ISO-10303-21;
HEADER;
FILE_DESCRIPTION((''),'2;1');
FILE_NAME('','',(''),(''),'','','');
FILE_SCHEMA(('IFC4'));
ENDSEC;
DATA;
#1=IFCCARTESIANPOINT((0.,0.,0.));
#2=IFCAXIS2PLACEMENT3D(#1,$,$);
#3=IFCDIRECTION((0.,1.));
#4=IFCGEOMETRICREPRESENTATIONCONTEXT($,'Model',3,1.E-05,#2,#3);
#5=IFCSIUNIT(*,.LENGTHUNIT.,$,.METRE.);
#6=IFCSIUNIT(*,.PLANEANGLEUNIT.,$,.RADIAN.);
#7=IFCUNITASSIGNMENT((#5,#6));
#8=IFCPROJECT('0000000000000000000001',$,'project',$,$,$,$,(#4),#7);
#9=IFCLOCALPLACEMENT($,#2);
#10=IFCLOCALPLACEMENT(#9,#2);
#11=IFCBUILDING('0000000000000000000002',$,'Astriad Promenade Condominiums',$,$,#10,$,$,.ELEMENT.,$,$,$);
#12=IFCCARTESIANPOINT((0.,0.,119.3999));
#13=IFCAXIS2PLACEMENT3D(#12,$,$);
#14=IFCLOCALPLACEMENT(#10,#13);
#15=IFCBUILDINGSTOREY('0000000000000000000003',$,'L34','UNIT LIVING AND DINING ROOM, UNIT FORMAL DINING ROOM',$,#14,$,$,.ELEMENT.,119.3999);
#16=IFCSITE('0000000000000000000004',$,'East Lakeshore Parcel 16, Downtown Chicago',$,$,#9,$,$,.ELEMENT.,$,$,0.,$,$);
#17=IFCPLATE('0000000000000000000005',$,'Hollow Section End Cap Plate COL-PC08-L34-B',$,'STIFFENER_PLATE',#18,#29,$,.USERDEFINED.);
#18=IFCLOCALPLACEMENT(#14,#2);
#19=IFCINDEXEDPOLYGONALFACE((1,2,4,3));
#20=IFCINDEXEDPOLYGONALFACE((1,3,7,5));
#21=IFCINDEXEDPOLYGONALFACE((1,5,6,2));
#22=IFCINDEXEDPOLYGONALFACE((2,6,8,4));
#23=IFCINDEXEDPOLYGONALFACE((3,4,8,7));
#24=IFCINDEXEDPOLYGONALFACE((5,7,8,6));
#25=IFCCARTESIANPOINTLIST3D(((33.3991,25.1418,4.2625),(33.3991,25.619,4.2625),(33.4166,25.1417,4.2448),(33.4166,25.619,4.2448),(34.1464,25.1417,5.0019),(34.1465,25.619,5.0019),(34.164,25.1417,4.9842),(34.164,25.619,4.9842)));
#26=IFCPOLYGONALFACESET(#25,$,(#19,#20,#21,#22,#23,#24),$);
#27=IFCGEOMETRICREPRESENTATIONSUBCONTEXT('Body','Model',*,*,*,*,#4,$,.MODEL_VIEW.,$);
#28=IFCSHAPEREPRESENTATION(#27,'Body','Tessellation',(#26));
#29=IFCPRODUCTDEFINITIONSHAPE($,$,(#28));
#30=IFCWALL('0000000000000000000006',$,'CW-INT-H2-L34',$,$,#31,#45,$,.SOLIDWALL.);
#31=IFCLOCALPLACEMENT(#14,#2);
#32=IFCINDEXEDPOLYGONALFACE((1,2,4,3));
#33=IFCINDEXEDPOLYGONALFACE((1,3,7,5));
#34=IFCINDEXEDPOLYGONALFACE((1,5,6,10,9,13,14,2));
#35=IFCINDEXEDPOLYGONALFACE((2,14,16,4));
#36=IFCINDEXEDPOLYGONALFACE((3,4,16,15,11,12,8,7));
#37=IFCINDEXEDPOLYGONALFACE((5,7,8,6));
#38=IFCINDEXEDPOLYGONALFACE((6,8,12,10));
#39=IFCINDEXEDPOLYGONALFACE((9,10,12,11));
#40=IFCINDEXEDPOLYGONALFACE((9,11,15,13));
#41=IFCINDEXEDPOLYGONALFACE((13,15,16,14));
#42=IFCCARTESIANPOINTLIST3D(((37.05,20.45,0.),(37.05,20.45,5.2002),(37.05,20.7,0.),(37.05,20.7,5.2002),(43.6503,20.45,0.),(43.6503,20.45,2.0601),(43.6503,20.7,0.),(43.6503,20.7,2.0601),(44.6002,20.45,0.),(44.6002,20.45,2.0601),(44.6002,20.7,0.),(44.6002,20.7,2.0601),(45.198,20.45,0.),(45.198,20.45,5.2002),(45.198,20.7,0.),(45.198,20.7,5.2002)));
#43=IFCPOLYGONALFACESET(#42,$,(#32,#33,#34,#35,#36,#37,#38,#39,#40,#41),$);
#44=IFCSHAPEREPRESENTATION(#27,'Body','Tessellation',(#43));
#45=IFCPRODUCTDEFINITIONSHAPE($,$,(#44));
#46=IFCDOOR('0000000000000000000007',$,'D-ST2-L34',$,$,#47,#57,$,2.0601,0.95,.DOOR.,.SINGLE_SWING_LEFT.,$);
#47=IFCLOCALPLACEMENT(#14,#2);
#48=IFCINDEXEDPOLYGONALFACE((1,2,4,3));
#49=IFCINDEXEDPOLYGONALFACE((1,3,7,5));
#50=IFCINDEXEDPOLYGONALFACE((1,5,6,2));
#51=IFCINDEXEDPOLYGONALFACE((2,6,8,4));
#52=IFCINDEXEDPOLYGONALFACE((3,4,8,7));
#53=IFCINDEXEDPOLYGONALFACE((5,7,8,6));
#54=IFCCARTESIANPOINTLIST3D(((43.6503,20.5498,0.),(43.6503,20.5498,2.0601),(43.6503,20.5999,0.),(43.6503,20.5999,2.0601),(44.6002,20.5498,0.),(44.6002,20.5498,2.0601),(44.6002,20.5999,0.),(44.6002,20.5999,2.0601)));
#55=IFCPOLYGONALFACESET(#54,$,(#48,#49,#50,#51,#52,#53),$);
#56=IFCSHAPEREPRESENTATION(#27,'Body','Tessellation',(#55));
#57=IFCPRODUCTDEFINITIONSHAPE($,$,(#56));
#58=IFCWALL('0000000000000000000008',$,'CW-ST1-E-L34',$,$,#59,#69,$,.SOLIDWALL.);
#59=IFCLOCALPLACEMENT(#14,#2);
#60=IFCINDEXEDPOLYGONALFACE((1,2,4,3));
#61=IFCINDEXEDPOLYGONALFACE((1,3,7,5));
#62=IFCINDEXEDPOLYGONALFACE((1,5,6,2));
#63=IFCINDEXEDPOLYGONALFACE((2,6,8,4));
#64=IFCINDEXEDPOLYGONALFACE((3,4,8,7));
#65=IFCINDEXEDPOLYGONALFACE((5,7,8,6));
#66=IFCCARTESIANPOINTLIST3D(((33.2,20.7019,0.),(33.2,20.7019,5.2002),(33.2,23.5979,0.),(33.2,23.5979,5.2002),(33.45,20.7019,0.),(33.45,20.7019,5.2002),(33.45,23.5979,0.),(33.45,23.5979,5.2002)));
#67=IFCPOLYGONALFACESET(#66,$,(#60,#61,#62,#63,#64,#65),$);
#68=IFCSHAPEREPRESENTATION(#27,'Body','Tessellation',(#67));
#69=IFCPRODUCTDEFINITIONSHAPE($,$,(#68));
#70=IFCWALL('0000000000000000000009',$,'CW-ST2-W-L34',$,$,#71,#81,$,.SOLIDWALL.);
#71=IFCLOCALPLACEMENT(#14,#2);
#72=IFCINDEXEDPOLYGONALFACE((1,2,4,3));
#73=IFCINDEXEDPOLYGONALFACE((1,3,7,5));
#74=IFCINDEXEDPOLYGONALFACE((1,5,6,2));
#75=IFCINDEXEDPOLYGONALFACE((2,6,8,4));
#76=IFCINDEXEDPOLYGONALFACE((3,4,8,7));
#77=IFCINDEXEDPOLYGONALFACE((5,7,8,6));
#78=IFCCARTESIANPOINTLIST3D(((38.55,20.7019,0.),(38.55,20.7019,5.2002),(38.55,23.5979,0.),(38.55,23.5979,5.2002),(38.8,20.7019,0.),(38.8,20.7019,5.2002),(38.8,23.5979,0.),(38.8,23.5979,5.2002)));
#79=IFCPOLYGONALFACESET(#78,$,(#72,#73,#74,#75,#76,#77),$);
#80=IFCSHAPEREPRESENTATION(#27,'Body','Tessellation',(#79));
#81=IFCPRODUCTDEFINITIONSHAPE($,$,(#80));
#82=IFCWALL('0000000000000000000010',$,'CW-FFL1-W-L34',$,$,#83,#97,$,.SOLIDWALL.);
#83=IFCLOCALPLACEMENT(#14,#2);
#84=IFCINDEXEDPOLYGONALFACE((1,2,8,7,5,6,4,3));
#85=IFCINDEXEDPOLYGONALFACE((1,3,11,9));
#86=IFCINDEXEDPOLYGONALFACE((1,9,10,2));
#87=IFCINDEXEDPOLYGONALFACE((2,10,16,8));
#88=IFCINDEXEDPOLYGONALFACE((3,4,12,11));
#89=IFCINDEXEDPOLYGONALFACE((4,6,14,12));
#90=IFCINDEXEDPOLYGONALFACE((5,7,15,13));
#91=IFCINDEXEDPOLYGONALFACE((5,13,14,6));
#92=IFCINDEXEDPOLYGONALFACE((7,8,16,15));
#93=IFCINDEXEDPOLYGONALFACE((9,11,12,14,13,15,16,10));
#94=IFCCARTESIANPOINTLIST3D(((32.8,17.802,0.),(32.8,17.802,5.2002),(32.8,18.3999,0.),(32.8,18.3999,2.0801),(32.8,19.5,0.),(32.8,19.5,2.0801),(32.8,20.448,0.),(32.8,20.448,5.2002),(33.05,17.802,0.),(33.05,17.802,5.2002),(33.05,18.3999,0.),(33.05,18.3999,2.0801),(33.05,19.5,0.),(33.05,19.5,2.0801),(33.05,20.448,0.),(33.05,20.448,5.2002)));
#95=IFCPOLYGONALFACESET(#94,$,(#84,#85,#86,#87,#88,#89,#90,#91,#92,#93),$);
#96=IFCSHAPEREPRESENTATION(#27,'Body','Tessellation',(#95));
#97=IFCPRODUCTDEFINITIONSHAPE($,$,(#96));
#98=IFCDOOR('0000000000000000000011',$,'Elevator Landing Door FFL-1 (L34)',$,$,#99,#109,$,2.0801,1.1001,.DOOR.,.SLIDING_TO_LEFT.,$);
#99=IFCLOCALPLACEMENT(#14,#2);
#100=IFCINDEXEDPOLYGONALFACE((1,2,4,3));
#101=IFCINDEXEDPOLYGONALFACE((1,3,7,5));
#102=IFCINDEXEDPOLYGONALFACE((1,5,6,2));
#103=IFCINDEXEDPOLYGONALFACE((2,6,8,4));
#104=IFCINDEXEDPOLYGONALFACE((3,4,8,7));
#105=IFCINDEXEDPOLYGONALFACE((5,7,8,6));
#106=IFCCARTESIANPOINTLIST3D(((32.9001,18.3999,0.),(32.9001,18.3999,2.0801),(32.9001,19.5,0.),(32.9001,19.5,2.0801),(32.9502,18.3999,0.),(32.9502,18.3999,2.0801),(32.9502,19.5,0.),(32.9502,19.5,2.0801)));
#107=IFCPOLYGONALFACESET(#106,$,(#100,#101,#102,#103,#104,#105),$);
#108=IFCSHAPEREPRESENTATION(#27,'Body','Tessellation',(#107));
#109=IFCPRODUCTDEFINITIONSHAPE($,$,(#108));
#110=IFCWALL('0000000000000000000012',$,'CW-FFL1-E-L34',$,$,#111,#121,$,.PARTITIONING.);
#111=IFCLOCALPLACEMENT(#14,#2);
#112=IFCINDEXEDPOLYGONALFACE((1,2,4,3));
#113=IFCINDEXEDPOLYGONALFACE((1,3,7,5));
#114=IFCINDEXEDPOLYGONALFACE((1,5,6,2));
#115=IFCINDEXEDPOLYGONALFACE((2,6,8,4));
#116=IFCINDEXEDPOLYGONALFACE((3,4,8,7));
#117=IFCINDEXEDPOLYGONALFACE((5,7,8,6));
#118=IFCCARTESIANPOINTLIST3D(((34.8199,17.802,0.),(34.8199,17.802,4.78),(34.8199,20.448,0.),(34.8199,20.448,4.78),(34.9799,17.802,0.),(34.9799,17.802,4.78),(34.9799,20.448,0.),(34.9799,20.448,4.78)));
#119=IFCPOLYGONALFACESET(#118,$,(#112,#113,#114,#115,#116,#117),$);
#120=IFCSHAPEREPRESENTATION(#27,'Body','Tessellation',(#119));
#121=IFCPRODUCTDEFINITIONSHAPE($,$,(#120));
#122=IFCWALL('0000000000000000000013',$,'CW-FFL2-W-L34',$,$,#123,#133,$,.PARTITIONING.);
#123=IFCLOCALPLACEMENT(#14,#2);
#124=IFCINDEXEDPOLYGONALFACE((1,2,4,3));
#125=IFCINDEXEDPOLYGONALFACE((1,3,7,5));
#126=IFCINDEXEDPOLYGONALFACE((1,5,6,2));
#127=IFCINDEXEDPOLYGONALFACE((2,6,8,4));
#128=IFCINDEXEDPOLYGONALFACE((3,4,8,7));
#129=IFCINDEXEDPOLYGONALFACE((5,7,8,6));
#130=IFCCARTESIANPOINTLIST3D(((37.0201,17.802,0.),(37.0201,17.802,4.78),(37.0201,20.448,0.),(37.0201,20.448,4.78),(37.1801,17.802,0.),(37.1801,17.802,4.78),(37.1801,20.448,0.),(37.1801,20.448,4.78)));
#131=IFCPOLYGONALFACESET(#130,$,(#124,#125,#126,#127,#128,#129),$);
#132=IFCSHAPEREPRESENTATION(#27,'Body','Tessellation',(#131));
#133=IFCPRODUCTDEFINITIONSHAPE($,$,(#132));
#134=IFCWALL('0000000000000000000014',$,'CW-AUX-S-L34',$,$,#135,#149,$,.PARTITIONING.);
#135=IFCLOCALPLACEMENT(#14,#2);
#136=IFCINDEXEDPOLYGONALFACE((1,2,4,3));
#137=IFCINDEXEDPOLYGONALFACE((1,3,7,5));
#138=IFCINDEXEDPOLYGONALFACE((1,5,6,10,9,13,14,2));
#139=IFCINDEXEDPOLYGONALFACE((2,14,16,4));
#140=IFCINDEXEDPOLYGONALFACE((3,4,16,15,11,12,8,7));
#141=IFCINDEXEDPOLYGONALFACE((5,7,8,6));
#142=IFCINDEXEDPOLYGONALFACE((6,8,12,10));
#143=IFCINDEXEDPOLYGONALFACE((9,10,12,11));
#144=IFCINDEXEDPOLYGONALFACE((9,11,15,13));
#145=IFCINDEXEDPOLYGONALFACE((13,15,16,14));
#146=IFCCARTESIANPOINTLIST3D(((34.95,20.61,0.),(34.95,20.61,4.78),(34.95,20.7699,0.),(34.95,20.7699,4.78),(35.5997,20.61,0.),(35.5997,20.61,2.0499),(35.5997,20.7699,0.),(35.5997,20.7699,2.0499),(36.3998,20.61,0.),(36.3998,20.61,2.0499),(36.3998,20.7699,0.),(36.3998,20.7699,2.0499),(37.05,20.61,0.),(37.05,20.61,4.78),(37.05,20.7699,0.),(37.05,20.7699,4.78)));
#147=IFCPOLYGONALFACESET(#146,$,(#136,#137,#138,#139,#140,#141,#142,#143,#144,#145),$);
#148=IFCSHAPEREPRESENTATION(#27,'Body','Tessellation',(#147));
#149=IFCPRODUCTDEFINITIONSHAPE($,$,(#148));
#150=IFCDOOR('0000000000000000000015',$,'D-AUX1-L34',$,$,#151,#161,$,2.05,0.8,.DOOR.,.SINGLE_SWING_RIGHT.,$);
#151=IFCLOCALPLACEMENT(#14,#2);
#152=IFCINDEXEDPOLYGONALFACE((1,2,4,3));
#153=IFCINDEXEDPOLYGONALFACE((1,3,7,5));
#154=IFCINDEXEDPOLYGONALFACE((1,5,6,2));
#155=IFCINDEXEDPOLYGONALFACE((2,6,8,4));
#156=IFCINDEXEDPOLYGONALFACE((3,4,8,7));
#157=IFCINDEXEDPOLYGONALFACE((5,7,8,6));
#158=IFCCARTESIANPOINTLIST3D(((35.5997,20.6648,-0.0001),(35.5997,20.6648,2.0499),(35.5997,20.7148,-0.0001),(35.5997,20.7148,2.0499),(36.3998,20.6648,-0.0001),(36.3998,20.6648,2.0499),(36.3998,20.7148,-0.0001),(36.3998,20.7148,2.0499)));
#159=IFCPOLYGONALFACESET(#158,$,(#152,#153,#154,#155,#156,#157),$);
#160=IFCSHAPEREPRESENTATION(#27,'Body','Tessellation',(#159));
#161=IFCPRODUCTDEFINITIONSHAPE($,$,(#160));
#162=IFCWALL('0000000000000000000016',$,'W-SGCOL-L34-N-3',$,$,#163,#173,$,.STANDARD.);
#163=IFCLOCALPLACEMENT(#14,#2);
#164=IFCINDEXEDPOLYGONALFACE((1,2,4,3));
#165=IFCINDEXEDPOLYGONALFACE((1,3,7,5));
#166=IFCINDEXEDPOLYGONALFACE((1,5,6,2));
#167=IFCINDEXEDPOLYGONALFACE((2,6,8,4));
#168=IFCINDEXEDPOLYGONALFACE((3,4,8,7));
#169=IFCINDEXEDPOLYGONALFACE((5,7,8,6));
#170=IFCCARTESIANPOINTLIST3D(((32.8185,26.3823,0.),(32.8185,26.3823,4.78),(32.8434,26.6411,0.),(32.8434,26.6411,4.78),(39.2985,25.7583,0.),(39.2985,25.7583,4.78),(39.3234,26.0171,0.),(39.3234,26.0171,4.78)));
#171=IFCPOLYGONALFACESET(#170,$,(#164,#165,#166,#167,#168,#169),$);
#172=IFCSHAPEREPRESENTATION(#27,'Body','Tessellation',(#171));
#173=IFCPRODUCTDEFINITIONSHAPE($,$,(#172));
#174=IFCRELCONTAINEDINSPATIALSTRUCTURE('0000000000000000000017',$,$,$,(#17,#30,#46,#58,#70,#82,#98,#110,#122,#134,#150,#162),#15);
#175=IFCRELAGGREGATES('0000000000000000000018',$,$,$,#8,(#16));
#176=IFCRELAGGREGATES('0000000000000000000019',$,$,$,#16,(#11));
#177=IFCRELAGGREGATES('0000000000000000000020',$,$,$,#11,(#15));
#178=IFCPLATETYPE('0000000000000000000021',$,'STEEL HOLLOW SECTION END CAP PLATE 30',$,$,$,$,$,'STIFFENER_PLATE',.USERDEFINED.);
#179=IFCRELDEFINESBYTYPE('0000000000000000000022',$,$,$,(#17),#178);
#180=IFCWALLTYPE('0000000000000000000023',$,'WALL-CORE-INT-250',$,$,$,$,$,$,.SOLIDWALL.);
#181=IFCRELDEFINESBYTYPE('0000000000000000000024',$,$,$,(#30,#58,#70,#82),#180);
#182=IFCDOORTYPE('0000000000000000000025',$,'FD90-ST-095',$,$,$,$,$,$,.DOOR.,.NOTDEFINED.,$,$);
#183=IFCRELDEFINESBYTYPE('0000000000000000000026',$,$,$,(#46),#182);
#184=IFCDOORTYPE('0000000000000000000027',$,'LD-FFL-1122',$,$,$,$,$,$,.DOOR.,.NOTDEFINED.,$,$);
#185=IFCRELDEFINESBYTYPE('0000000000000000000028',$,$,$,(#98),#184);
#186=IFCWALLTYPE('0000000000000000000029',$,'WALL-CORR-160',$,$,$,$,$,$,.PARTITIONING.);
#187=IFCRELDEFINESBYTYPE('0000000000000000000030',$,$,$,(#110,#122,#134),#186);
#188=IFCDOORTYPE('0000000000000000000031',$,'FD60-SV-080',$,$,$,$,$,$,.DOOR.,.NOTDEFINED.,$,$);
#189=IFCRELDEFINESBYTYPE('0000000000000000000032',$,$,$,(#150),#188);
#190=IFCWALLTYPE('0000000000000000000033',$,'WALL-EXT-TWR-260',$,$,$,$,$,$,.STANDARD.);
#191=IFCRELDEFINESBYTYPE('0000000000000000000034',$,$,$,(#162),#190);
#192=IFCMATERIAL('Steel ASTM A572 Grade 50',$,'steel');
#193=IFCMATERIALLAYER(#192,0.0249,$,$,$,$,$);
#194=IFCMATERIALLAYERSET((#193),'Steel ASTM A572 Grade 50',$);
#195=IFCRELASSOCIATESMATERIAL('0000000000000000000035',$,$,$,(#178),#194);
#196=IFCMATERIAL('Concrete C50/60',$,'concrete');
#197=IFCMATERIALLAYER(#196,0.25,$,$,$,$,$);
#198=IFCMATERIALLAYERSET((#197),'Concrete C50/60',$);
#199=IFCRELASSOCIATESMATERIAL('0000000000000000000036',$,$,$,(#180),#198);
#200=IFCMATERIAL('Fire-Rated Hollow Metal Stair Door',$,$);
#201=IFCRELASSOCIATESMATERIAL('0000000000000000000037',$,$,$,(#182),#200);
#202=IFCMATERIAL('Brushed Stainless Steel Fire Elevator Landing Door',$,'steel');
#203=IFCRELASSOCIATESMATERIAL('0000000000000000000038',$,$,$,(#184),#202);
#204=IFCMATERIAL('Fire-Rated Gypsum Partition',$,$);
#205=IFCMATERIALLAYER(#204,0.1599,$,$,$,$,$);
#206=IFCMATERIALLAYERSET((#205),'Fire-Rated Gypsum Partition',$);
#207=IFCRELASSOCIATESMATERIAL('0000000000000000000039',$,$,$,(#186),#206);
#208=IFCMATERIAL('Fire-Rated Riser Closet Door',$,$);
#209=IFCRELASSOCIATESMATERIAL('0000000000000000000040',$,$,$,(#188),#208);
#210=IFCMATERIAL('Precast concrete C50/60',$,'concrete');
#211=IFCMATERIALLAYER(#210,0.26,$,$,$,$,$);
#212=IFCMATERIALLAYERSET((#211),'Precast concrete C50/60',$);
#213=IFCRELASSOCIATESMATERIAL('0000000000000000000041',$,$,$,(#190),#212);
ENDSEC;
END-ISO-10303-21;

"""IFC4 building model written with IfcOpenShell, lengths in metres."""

from ifc_helpers import new_model, si_unit, direction, frame, frame_2d, origin, origin_2d, place, context, subcontext, project, spatial, rectangle, extrude, source, transform, mapped, material, layer, layer_set, type_object, type_shapes, element, fill, save


model = new_model("IFC4")

# Units and contexts
model_context = context("Model", 3, precision=1e-05, world=origin(), true_north=direction((0.0, 1.0)))
body_context = subcontext(model_context, "Body", "Model", "MODEL_VIEW")
ifc_project = project(units=[si_unit("LENGTHUNIT", "METRE"), si_unit("PLANEANGLEUNIT", "RADIAN")], contexts=[model_context])

# Site, building, storey
site_placement = place(None, origin())
site = spatial("IfcSite", under=ifc_project, at=site_placement, Name="East Lakeshore Parcel 16, Downtown Chicago", CompositionType="ELEMENT", RefElevation=0.0)
building_placement = place(site_placement, origin())
building = spatial("IfcBuilding", under=site, at=building_placement, Name="Astriad Promenade Condominiums", CompositionType="ELEMENT")
storey_placement = place(building_placement, frame((0.0, 0.0, 119.3999)))
storey = spatial("IfcBuildingStorey", under=building, at=storey_placement, Name="L34", Description="UNIT LIVING AND DINING ROOM, UNIT FORMAL DINING ROOM", CompositionType="ELEMENT", Elevation=119.3999)

# Plate
ifc_material_1 = material(Name="Steel ASTM A572 Grade 50", Category="steel")
ifc_layer_1 = layer(ifc_material_1, 0.0249)
ifc_layer_set_1 = layer_set([ifc_layer_1], Name="Steel ASTM A572 Grade 50")
plate_type = type_object("IfcPlateType", Name="STEEL HOLLOW SECTION END CAP PLATE 30", ElementType="STIFFENER_PLATE", PredefinedType="USERDEFINED", material=ifc_layer_set_1)
shared_shape_1 = source(origin(), body_context, "Body", "SweptSolid", [
    extrude(rectangle(XDim=0.4773, YDim=1.0513, at=origin_2d()), origin(), (0.0, 0.0, 1.0), 0.0249),
])
type_shapes(plate_type, [shared_shape_1])
for number, where, z_axis, x_axis, name in (
    (1, (33.7903, 25.3804, 4.6145), (-0.703261, 0.000048, 0.710932), (-0.000068, -1.0, 0.0), "Hollow Section End Cap Plate COL-PC08-L34-B"),
):
    element("IfcPlate", number, at=place(storey_placement, frame(where, z_axis=z_axis, x_axis=x_axis)), inside=storey, type_object=plate_type, Name=name, ObjectType="STIFFENER_PLATE", PredefinedType="USERDEFINED", context=body_context, shape_type="MappedRepresentation", body=[
        mapped(shared_shape_1, transform((0.0, 0.0, 0.0), scale=1.0)),
    ])

# Wall, opening, door
ifc_material_2 = material(Name="Concrete C50/60", Category="concrete")
ifc_layer_2 = layer(ifc_material_2, 0.25)
ifc_layer_set_2 = layer_set([ifc_layer_2], Name="Concrete C50/60")
wall_type_1 = type_object("IfcWallType", Name="WALL-CORE-INT-250", PredefinedType="SOLIDWALL", material=ifc_layer_set_2)
wall_1_placement = place(storey_placement, frame((37.05, 20.575, 0.0), z_axis=(0.0, 0.0, 1.0), x_axis=(1.0, 0.0, 0.0)))
wall_1 = element("IfcWall", 2, at=wall_1_placement, inside=storey, type_object=wall_type_1, Name="CW-INT-H2-L34", PredefinedType="SOLIDWALL", context=body_context, shape_type="SweptSolid", body=[
    extrude(rectangle(XDim=8.1479, YDim=0.25, at=frame_2d((4.074, 0.0))), origin(), (0.0, 0.0, 1.0), 5.2002),
])
opening_1_placement = place(wall_1_placement, frame((6.6001, 0.0, 0.0)))
opening_1 = element("IfcOpeningElement", 3, at=opening_1_placement, cuts=wall_1, PredefinedType="OPENING", context=body_context, shape_type="SweptSolid", body=[
    extrude(rectangle(XDim=0.95, YDim=2.0601, at=frame_2d((0.4751, 1.03))), frame((0.0, 0.135, 0.0), z_axis=(0.0, -1.0, 0.0), x_axis=(1.0, 0.0, 0.0)), (0.0, 0.0, 1.0), 0.27),
])
ifc_material_3 = material(Name="Fire-Rated Hollow Metal Stair Door")
door_type_1 = type_object("IfcDoorType", Name="FD90-ST-095", OperationType="NOTDEFINED", PredefinedType="DOOR", material=ifc_material_3)
shared_shape_2 = source(origin(), body_context, "Body", "SweptSolid", [
    extrude(rectangle(XDim=0.95, YDim=2.0601, at=frame_2d((0.4751, 1.03))), frame((0.0, 0.0249, 0.0), z_axis=(0.0, -1.0, 0.0), x_axis=(1.0, 0.0, 0.0)), (0.0, 0.0, 1.0), 0.05),
])
type_shapes(door_type_1, [shared_shape_2])
door_1_placement = place(opening_1_placement, origin())
door_1 = element("IfcDoor", 4, at=door_1_placement, inside=storey, type_object=door_type_1, Name="D-ST2-L34", OperationType="SINGLE_SWING_LEFT", OverallHeight=2.0601, OverallWidth=0.95, PredefinedType="DOOR", context=body_context, shape_type="MappedRepresentation", body=[
    mapped(shared_shape_2, transform((0.0, 0.0, 0.0), scale=1.0)),
])
fill(opening_1, door_1)

# Walls
for number, where, z_axis, x_axis, name in (
    (5, (33.325, 20.7019, 0.0), (0.0, 0.0, 1.0), (0.0, 1.0, 0.0), "CW-ST1-E-L34"),
    (6, (38.675, 20.7019, 0.0), (0.0, 0.0, 1.0), (0.0, 1.0, 0.0), "CW-ST2-W-L34"),
):
    element("IfcWall", number, at=place(storey_placement, frame(where, z_axis=z_axis, x_axis=x_axis)), inside=storey, type_object=wall_type_1, Name=name, PredefinedType="SOLIDWALL", context=body_context, shape_type="SweptSolid", body=[
        extrude(rectangle(XDim=2.896, YDim=0.25, at=frame_2d((1.448, 0.0))), origin(), (0.0, 0.0, 1.0), 5.2002),
    ])

# Wall, opening, door
wall_2_placement = place(storey_placement, frame((32.925, 17.802, 0.0), z_axis=(0.0, 0.0, 1.0), x_axis=(0.0, 1.0, 0.0)))
wall_2 = element("IfcWall", 7, at=wall_2_placement, inside=storey, type_object=wall_type_1, Name="CW-FFL1-W-L34", PredefinedType="SOLIDWALL", context=body_context, shape_type="SweptSolid", body=[
    extrude(rectangle(XDim=2.646, YDim=0.25, at=frame_2d((1.323, 0.0))), origin(), (0.0, 0.0, 1.0), 5.2002),
])
opening_2_placement = place(wall_2_placement, frame((0.5979, 0.0, 0.0)))
opening_2 = element("IfcOpeningElement", 8, at=opening_2_placement, cuts=wall_2, PredefinedType="OPENING", context=body_context, shape_type="SweptSolid", body=[
    extrude(rectangle(XDim=1.1001, YDim=2.0801, at=frame_2d((0.55, 1.04))), frame((0.0, 0.135, 0.0), z_axis=(0.0, -1.0, 0.0), x_axis=(1.0, 0.0, 0.0)), (0.0, 0.0, 1.0), 0.27),
])
ifc_material_4 = material(Name="Brushed Stainless Steel Fire Elevator Landing Door", Category="steel")
door_type_2 = type_object("IfcDoorType", Name="LD-FFL-1122", OperationType="NOTDEFINED", PredefinedType="DOOR", material=ifc_material_4)
shared_shape_3 = source(origin(), body_context, "Body", "SweptSolid", [
    extrude(rectangle(XDim=1.1001, YDim=2.0801, at=frame_2d((0.55, 1.04))), frame((0.0, 0.0249, 0.0), z_axis=(0.0, -1.0, 0.0), x_axis=(1.0, 0.0, 0.0)), (0.0, 0.0, 1.0), 0.05),
])
type_shapes(door_type_2, [shared_shape_3])
door_2_placement = place(opening_2_placement, origin())
door_2 = element("IfcDoor", 9, at=door_2_placement, inside=storey, type_object=door_type_2, Name="Elevator Landing Door FFL-1 (L34)", OperationType="SLIDING_TO_LEFT", OverallHeight=2.0801, OverallWidth=1.1001, PredefinedType="DOOR", context=body_context, shape_type="MappedRepresentation", body=[
    mapped(shared_shape_3, transform((0.0, 0.0, 0.0), scale=1.0)),
])
fill(opening_2, door_2)

# Walls
ifc_material_5 = material(Name="Fire-Rated Gypsum Partition")
ifc_layer_3 = layer(ifc_material_5, 0.1599)
ifc_layer_set_3 = layer_set([ifc_layer_3], Name="Fire-Rated Gypsum Partition")
wall_type_2 = type_object("IfcWallType", Name="WALL-CORR-160", PredefinedType="PARTITIONING", material=ifc_layer_set_3)
for number, where, z_axis, x_axis, name in (
    (10, (34.8999, 17.802, 0.0), (0.0, 0.0, 1.0), (0.0, 1.0, 0.0), "CW-FFL1-E-L34"),
    (11, (37.1001, 17.802, 0.0), (0.0, 0.0, 1.0), (0.0, 1.0, 0.0), "CW-FFL2-W-L34"),
):
    element("IfcWall", number, at=place(storey_placement, frame(where, z_axis=z_axis, x_axis=x_axis)), inside=storey, type_object=wall_type_2, Name=name, PredefinedType="PARTITIONING", context=body_context, shape_type="SweptSolid", body=[
        extrude(rectangle(XDim=2.646, YDim=0.1599, at=frame_2d((1.323, 0.0))), origin(), (0.0, 0.0, 1.0), 4.78),
    ])

# Wall, opening, door
wall_3_placement = place(storey_placement, frame((34.95, 20.6899, 0.0), z_axis=(0.0, 0.0, 1.0), x_axis=(1.0, 0.0, 0.0)))
wall_3 = element("IfcWall", 12, at=wall_3_placement, inside=storey, type_object=wall_type_2, Name="CW-AUX-S-L34", PredefinedType="PARTITIONING", context=body_context, shape_type="SweptSolid", body=[
    extrude(rectangle(XDim=2.1001, YDim=0.1599, at=frame_2d((1.05, 0.0))), origin(), (0.0, 0.0, 1.0), 4.78),
])
opening_3_placement = place(wall_3_placement, frame((0.6499, 0.0, 0.0)))
opening_3 = element("IfcOpeningElement", 13, at=opening_3_placement, cuts=wall_3, PredefinedType="OPENING", context=body_context, shape_type="SweptSolid", body=[
    extrude(rectangle(XDim=0.8, YDim=2.05, at=frame_2d((0.3999, 1.0249))), frame((0.0, 0.0898, 0.0), z_axis=(0.0, -1.0, 0.0), x_axis=(1.0, 0.0, 0.0)), (0.0, 0.0, 1.0), 0.1799),
])
ifc_material_6 = material(Name="Fire-Rated Riser Closet Door")
door_type_3 = type_object("IfcDoorType", Name="FD60-SV-080", OperationType="NOTDEFINED", PredefinedType="DOOR", material=ifc_material_6)
shared_shape_4 = source(origin(), body_context, "Body", "SweptSolid", [
    extrude(rectangle(XDim=0.8, YDim=2.05, at=frame_2d((0.3999, 1.0249))), frame((0.0, 0.0249, 0.0), z_axis=(0.0, -1.0, 0.0), x_axis=(1.0, 0.0, 0.0)), (0.0, 0.0, 1.0), 0.05),
])
type_shapes(door_type_3, [shared_shape_4])
door_3_placement = place(opening_3_placement, origin())
door_3 = element("IfcDoor", 14, at=door_3_placement, inside=storey, type_object=door_type_3, Name="D-AUX1-L34", OperationType="SINGLE_SWING_RIGHT", OverallHeight=2.05, OverallWidth=0.8, PredefinedType="DOOR", context=body_context, shape_type="MappedRepresentation", body=[
    mapped(shared_shape_4, transform((0.0, 0.0, 0.0), scale=1.0)),
])
fill(opening_3, door_3)

# Wall
ifc_material_7 = material(Name="Precast concrete C50/60", Category="concrete")
ifc_layer_4 = layer(ifc_material_7, 0.26)
ifc_layer_set_4 = layer_set([ifc_layer_4], Name="Precast concrete C50/60")
wall_type_3 = type_object("IfcWallType", Name="WALL-EXT-TWR-260", PredefinedType="STANDARD", material=ifc_layer_set_4)
wall_4_placement = place(storey_placement, frame((32.8311, 26.5117, 0.0), z_axis=(0.0, 0.0, 1.0), x_axis=(0.995395, -0.095857, 0.0)))
element("IfcWall", 15, at=wall_4_placement, inside=storey, type_object=wall_type_3, Name="W-SGCOL-L34-N-3", PredefinedType="STANDARD", context=body_context, shape_type="SweptSolid", body=[
    extrude(rectangle(XDim=6.51, YDim=0.26, at=frame_2d((3.2549, 0.0))), origin(), (0.0, 0.0, 1.0), 4.78),
])

save(model, "model.ifc")
